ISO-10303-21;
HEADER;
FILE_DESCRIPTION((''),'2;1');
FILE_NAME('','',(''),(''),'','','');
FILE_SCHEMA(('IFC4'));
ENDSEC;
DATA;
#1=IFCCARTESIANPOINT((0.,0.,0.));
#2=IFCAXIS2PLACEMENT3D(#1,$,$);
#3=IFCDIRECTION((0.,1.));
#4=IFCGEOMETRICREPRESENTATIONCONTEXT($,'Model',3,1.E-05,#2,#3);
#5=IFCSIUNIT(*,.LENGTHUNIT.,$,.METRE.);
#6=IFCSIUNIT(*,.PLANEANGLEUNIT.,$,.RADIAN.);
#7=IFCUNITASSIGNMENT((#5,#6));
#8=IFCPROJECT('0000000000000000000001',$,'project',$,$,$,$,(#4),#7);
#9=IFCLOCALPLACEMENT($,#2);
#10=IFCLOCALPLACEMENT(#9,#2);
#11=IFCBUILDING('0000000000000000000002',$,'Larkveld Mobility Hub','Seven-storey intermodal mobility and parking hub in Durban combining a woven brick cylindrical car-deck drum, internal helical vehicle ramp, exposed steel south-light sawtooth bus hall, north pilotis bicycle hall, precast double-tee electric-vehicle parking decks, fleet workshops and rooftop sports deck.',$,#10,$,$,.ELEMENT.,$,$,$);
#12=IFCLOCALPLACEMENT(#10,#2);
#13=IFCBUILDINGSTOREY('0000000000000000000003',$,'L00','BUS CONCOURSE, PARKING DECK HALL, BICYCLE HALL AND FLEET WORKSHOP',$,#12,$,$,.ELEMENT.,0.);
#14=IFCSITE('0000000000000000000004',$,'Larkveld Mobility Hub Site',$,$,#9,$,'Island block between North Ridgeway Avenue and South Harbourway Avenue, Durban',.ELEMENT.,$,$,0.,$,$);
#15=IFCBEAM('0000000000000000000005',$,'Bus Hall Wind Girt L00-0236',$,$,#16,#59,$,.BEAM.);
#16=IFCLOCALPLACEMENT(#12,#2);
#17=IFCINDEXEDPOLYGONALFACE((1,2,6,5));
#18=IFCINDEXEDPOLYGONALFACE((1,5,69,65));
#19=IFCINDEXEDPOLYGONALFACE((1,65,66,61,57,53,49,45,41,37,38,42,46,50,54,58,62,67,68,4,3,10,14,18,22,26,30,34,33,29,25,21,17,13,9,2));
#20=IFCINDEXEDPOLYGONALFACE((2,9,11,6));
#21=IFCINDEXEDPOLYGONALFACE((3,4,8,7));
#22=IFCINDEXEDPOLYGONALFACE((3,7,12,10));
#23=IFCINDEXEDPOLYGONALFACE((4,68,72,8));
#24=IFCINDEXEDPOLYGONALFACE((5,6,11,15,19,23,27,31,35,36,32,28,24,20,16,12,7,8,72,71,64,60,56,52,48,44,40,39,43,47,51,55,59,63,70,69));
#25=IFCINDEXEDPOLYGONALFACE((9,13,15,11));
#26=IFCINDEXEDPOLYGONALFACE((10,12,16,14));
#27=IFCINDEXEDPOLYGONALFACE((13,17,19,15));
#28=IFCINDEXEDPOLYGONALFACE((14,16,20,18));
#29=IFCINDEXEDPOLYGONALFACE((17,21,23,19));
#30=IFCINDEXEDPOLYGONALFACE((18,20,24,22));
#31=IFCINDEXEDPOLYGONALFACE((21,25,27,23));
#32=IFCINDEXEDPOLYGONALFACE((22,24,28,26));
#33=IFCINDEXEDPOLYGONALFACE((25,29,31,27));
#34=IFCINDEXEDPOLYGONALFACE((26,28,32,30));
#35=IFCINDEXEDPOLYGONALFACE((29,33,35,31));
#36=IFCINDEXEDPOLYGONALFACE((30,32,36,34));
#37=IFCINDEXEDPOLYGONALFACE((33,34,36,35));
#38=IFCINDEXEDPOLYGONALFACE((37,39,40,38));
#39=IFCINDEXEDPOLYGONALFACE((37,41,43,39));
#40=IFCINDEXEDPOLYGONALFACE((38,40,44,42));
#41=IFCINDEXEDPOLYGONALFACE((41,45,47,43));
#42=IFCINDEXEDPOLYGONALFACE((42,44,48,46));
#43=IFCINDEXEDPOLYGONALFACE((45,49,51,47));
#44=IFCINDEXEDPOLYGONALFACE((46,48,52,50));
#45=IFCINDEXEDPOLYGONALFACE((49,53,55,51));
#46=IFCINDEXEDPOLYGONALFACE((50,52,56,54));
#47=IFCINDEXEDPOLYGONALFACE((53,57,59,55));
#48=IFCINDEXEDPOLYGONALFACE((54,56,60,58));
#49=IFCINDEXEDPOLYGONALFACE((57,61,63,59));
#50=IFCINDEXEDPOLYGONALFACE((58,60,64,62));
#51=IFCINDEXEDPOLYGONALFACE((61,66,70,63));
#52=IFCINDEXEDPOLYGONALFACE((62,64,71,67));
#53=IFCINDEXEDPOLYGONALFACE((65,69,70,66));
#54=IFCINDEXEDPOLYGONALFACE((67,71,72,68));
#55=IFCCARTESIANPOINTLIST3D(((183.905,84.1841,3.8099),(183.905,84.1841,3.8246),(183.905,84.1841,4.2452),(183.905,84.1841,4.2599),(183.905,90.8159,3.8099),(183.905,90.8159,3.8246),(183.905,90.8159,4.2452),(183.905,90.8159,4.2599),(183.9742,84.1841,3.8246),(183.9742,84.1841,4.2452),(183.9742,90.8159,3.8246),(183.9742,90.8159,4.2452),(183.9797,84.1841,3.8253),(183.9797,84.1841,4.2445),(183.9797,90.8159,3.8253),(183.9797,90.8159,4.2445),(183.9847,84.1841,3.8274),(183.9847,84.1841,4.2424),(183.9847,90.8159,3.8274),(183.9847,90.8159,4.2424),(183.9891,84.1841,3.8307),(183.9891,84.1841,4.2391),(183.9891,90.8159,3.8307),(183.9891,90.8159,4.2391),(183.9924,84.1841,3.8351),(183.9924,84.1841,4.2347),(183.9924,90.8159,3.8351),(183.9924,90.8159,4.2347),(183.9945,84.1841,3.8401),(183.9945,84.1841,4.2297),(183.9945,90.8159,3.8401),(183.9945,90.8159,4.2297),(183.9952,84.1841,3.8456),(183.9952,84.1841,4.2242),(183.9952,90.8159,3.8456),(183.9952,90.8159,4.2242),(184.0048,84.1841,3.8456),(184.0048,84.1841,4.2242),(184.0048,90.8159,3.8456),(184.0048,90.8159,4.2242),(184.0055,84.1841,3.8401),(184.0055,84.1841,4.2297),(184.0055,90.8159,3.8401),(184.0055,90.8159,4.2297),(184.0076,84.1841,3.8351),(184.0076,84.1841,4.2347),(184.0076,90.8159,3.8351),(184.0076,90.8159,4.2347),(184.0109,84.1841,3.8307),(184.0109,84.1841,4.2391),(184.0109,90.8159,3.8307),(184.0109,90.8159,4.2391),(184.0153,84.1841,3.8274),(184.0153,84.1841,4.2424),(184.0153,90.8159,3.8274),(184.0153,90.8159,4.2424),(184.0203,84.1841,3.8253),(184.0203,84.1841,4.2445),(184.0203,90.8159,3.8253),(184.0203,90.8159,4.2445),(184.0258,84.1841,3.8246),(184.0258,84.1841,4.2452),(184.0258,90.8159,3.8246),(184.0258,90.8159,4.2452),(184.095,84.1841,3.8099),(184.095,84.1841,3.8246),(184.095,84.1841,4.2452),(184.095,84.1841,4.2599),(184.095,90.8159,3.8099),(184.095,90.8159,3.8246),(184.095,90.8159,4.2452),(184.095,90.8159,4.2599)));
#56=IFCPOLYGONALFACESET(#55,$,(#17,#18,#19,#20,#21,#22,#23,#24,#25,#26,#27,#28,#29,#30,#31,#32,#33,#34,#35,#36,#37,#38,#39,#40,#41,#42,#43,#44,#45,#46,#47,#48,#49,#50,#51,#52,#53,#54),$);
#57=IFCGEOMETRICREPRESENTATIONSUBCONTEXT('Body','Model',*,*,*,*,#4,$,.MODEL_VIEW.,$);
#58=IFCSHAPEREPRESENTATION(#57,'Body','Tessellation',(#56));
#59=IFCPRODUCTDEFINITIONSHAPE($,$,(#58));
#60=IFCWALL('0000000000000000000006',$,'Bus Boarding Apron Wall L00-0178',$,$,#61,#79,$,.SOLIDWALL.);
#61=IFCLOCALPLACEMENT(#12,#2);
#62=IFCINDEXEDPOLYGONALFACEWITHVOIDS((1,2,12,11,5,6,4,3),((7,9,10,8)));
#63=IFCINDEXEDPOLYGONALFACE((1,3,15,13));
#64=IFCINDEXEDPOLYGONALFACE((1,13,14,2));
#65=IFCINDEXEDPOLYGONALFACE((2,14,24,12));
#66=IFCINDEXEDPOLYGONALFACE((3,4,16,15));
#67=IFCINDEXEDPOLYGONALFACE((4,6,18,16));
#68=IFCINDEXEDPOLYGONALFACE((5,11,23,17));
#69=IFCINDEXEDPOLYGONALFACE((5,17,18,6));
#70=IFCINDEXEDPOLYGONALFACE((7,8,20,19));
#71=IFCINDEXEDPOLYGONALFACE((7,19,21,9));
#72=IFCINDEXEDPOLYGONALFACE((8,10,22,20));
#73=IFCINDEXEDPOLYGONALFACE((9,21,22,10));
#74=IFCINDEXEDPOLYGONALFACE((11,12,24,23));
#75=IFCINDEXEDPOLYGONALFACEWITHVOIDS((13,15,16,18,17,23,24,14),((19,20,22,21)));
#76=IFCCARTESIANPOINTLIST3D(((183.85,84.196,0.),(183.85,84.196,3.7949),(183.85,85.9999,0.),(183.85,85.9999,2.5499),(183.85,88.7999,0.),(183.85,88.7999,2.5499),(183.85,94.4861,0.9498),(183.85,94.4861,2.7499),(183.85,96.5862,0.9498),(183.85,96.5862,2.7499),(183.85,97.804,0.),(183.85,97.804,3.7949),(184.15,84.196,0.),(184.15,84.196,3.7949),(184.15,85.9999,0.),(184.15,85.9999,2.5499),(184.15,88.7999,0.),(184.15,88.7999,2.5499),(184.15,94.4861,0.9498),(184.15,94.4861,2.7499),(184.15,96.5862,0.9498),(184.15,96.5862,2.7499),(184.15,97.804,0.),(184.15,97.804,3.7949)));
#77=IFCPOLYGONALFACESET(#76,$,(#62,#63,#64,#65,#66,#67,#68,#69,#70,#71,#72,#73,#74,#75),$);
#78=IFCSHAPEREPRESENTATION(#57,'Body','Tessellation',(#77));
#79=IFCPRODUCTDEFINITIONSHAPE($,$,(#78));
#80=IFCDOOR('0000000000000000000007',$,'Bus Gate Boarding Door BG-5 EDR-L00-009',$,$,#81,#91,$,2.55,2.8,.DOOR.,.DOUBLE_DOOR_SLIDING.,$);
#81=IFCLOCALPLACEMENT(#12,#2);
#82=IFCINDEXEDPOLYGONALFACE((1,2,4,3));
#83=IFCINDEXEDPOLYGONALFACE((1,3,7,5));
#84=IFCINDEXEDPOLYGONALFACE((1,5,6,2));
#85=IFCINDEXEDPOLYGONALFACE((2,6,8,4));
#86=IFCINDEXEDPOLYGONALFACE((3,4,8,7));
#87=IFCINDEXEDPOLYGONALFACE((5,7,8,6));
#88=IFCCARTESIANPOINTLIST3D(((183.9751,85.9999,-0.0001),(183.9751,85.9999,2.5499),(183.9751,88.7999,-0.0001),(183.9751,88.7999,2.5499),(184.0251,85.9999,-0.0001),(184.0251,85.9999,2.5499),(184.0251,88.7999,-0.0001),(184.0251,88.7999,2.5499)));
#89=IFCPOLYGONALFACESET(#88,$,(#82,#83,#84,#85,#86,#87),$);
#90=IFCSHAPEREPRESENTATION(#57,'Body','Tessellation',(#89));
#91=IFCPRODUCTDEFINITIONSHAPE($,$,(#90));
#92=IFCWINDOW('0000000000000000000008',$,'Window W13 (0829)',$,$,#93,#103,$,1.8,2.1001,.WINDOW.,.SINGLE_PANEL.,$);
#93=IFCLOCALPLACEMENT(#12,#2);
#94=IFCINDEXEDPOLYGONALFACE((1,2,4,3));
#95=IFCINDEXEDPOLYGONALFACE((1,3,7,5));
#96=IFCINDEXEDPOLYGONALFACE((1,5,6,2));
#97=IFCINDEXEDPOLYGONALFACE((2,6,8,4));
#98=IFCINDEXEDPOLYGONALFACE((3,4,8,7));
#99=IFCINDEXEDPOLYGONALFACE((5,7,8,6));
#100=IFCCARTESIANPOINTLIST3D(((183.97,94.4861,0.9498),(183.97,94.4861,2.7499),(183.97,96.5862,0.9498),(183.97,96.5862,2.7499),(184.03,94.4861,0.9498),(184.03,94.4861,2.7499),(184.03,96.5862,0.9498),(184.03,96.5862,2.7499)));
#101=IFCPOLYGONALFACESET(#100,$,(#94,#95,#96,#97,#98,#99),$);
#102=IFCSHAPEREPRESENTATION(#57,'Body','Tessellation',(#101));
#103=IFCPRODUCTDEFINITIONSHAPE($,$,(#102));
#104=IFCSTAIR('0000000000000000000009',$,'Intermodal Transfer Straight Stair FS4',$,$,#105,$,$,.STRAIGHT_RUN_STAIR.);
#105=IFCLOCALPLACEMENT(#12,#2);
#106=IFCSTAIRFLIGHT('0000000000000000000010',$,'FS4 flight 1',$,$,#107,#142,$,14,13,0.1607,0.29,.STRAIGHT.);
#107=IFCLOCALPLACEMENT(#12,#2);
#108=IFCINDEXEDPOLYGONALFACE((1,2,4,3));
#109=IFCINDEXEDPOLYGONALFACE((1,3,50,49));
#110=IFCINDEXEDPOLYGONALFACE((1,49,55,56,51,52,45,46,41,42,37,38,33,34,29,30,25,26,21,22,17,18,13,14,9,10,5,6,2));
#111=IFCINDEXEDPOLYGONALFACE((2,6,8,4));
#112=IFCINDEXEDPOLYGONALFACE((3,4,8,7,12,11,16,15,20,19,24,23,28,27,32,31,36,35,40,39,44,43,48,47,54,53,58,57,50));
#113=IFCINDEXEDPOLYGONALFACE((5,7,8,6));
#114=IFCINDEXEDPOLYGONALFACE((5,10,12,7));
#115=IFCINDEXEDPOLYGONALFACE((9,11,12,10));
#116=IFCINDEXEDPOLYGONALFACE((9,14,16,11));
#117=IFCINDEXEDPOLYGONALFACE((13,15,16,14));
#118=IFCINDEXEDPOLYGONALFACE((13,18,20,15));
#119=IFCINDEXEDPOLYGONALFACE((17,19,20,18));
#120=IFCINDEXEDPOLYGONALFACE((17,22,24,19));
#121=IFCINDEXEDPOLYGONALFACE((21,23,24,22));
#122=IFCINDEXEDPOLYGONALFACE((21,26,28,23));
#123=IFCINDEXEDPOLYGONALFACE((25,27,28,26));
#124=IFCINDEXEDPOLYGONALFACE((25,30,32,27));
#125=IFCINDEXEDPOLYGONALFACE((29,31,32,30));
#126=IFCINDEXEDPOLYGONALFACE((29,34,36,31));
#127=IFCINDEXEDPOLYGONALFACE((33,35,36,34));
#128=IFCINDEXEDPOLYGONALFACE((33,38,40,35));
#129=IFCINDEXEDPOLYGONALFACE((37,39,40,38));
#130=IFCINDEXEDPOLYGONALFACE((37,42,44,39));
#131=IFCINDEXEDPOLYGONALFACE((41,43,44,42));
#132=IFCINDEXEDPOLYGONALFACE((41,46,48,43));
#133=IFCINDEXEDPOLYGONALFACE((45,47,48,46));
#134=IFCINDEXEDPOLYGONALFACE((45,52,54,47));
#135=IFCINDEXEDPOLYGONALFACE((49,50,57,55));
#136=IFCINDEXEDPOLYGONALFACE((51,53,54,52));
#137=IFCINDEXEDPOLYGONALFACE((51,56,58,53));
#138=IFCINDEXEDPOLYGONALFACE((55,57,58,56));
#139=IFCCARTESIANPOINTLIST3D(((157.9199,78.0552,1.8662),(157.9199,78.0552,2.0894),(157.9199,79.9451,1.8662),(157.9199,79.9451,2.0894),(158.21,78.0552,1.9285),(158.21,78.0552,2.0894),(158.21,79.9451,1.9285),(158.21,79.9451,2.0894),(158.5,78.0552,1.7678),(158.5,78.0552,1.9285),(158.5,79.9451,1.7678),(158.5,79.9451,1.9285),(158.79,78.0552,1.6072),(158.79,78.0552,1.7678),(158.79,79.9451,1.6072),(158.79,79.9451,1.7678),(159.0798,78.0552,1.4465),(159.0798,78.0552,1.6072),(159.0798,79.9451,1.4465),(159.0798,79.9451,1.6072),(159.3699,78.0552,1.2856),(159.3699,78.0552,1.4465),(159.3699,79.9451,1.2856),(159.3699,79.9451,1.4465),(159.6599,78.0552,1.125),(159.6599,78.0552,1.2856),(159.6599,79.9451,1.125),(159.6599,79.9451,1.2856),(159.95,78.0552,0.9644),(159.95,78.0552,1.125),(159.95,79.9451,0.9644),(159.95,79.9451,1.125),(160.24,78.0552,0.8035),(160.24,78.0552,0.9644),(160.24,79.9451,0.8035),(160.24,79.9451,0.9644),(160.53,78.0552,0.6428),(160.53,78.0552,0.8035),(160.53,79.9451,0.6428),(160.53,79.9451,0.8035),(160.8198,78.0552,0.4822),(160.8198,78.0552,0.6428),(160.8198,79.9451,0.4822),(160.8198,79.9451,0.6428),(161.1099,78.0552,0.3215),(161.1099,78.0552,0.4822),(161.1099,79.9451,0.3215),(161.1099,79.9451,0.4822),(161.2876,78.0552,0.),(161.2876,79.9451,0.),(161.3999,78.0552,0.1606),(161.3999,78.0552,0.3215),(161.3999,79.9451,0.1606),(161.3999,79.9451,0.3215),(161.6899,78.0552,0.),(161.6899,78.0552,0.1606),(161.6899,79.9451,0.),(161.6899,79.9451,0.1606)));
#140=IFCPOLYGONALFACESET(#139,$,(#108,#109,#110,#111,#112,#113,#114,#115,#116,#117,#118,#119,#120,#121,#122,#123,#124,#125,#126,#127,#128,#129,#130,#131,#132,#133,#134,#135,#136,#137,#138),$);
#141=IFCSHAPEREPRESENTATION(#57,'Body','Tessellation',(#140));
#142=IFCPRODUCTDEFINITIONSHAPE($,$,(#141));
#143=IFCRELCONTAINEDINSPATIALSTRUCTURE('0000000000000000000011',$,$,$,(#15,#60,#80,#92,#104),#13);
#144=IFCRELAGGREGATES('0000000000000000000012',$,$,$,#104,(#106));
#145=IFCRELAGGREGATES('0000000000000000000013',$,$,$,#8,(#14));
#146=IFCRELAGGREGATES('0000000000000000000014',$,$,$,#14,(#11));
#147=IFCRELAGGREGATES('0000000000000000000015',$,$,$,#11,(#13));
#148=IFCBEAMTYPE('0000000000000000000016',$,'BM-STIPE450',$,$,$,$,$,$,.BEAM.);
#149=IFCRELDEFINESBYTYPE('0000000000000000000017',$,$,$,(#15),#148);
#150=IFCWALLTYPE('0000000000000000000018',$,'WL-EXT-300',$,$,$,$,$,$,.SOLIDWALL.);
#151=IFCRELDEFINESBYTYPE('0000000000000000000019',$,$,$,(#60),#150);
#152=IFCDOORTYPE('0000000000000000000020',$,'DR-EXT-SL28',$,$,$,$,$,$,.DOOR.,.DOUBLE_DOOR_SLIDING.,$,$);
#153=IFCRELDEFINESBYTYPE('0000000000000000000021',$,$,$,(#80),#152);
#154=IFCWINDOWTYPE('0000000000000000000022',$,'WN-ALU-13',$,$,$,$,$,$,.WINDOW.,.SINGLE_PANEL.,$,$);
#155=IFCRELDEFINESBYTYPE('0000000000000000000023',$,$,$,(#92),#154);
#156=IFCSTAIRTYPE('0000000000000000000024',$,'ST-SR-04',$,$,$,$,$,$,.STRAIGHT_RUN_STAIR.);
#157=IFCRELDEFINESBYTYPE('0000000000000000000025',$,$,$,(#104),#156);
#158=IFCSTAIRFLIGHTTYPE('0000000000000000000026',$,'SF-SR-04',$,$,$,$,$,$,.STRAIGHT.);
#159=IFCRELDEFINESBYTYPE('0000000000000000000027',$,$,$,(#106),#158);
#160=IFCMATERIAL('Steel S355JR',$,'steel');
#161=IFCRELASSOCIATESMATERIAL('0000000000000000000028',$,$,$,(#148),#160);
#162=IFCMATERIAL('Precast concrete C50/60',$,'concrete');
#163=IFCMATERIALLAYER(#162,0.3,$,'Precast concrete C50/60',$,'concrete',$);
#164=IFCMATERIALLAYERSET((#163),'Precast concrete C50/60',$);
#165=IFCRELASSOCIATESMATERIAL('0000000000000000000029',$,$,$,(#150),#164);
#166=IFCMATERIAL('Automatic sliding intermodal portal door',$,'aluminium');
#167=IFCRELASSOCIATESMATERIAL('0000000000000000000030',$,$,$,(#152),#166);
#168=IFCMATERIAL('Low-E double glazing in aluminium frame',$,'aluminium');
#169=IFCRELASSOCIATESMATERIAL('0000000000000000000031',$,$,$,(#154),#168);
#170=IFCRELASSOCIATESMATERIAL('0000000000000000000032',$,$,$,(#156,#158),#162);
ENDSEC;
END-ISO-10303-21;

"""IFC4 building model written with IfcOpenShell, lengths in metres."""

from ifc_helpers import new_model, si_unit, direction, frame, frame_2d, origin, origin_2d, place, context, subcontext, project, spatial, polyline, rectangle, i_section, outline, extrude, material, layer, layer_set, material_profile, profile_set, type_object, element, fill, aggregate, save


model = new_model("IFC4")

# Units and contexts
model_context = context("Model", 3, precision=1e-05, world=origin(), true_north=direction((0.0, 1.0)))
body_context = subcontext(model_context, "Body", "Model", "MODEL_VIEW")
ifc_project = project(units=[si_unit("LENGTHUNIT", "METRE"), si_unit("PLANEANGLEUNIT", "RADIAN")], contexts=[model_context])

# Site, building, storey
site_placement = place(None, origin())
site = spatial("IfcSite", under=ifc_project, at=site_placement, Name="Larkveld Mobility Hub Site", LongName="Island block between North Ridgeway Avenue and South Harbourway Avenue, Durban", CompositionType="ELEMENT", RefElevation=0.0)
building_placement = place(site_placement, origin())
building = spatial("IfcBuilding", under=site, at=building_placement, Name="Larkveld Mobility Hub", Description="Seven-storey intermodal mobility and parking hub in Durban combining a woven brick cylindrical car-deck drum, internal helical vehicle ramp, exposed steel south-light sawtooth bus hall, north pilotis bicycle hall, precast double-tee electric-vehicle parking decks, fleet workshops and rooftop sports deck.", CompositionType="ELEMENT")
storey_placement = place(building_placement, origin())
storey = spatial("IfcBuildingStorey", under=building, at=storey_placement, Name="L00", Description="BUS CONCOURSE, PARKING DECK HALL, BICYCLE HALL AND FLEET WORKSHOP", CompositionType="ELEMENT", Elevation=0.0)

# Shared definitions
ifc_material_1 = material(Name="Steel S355JR", Category="steel")

# Beam
ifc_material_profile_1 = material_profile(ifc_material_1, i_section(OverallWidth=0.1899, OverallDepth=0.45, WebThickness=0.0095, FlangeThickness=0.0146, FilletRadius=0.021, at=origin_2d()), Name="IPE 450")
ifc_profile_set_1 = profile_set([ifc_material_profile_1], Name="Steel S355JR")
beam_type = type_object("IfcBeamType", Name="BM-STIPE450", PredefinedType="BEAM", material=ifc_profile_set_1)
for number, where, z_axis, x_axis, name in (
    (1, (184.0, 84.1841, 4.0349), (0.0, 1.0, 0.0), (-1.0, 0.0, 0.0), "Bus Hall Wind Girt L00-0236"),
):
    element("IfcBeam", number, at=place(storey_placement, frame(where, z_axis=z_axis, x_axis=x_axis)), inside=storey, type_object=beam_type, Name=name, PredefinedType="BEAM", context=body_context, shape_type="SweptSolid", body=[
        extrude(i_section(OverallWidth=0.1899, OverallDepth=0.45, WebThickness=0.0095, FlangeThickness=0.0146, FilletRadius=0.021, at=origin_2d()), origin(), (0.0, 0.0, 1.0), 6.6318),
    ])

# Wall, openings, door, window
ifc_material_2 = material(Name="Precast concrete C50/60", Category="concrete")
ifc_layer = layer(ifc_material_2, 0.3, Name="Precast concrete C50/60", Category="concrete")
ifc_layer_set = layer_set([ifc_layer], Name="Precast concrete C50/60")
wall_type = type_object("IfcWallType", Name="WL-EXT-300", PredefinedType="SOLIDWALL", material=ifc_layer_set)
wall_placement = place(storey_placement, frame((184.0, 84.196, 0.0), z_axis=(0.0, 0.0, 1.0), x_axis=(0.0, 1.0, 0.0)))
wall = element("IfcWall", 2, at=wall_placement, inside=storey, type_object=wall_type, Name="Bus Boarding Apron Wall L00-0178", PredefinedType="SOLIDWALL", context=body_context, shape_type="SweptSolid", body=[
    extrude(rectangle(XDim=13.6079, YDim=0.3, at=frame_2d((6.804, 0.0))), origin(), (0.0, 0.0, 1.0), 3.7949),
])
opening_1_placement = place(wall_placement, frame((1.804, 0.0, 0.0)))
opening_1 = element("IfcOpeningElement", 3, at=opening_1_placement, cuts=wall, PredefinedType="OPENING", context=body_context, shape_type="SweptSolid", body=[
    extrude(rectangle(XDim=2.8, YDim=2.55, at=frame_2d((1.3999, 1.2749))), frame((0.0, 0.1602, 0.0), z_axis=(0.0, -1.0, 0.0), x_axis=(1.0, 0.0, 0.0)), (0.0, 0.0, 1.0), 0.3201),
])
opening_2_placement = place(wall_placement, frame((10.29, 0.0, 0.95)))
opening_2 = element("IfcOpeningElement", 4, at=opening_2_placement, cuts=wall, PredefinedType="OPENING", context=body_context, shape_type="SweptSolid", body=[
    extrude(rectangle(XDim=2.1001, YDim=1.8, at=frame_2d((1.05, 0.8999))), frame((0.0, 0.1602, 0.0), z_axis=(0.0, -1.0, 0.0), x_axis=(1.0, 0.0, 0.0)), (0.0, 0.0, 1.0), 0.3201),
])
ifc_material_3 = material(Name="Automatic sliding intermodal portal door", Category="aluminium")
door_type = type_object("IfcDoorType", Name="DR-EXT-SL28", OperationType="DOUBLE_DOOR_SLIDING", PredefinedType="DOOR", material=ifc_material_3)
door_placement = place(opening_1_placement, origin())
door = element("IfcDoor", 5, at=door_placement, inside=storey, type_object=door_type, Name="Bus Gate Boarding Door BG-5 EDR-L00-009", OperationType="DOUBLE_DOOR_SLIDING", OverallHeight=2.55, OverallWidth=2.8, PredefinedType="DOOR", context=body_context, shape_type="SweptSolid", body=[
    extrude(rectangle(XDim=2.8, YDim=2.55, at=frame_2d((1.3999, 1.2749))), frame((0.0, 0.0249, 0.0), z_axis=(0.0, -1.0, 0.0), x_axis=(1.0, 0.0, 0.0)), (0.0, 0.0, 1.0), 0.05),
])
fill(opening_1, door)
ifc_material_4 = material(Name="Low-E double glazing in aluminium frame", Category="aluminium")
window_type = type_object("IfcWindowType", Name="WN-ALU-13", PartitioningType="SINGLE_PANEL", PredefinedType="WINDOW", material=ifc_material_4)
window_placement = place(opening_2_placement, origin())
window = element("IfcWindow", 6, at=window_placement, inside=storey, type_object=window_type, Name="Window W13 (0829)", OverallHeight=1.8, OverallWidth=2.1001, PartitioningType="SINGLE_PANEL", PredefinedType="WINDOW", context=body_context, shape_type="SweptSolid", body=[
    extrude(rectangle(XDim=2.1001, YDim=1.8, at=frame_2d((1.05, 0.8999))), frame((0.0, 0.03, 0.0), z_axis=(0.0, -1.0, 0.0), x_axis=(1.0, 0.0, 0.0)), (0.0, 0.0, 1.0), 0.0601),
])
fill(opening_2, window)

# Stair, stair flight
stair_type_1 = type_object("IfcStairType", Name="ST-SR-04", PredefinedType="STRAIGHT_RUN_STAIR", material=ifc_material_2)
stair_1_placement = place(storey_placement, origin())
stair_1 = element("IfcStair", 7, at=stair_1_placement, inside=storey, type_object=stair_type_1, Name="Intermodal Transfer Straight Stair FS4", PredefinedType="STRAIGHT_RUN_STAIR")
stair_flight_type_1 = type_object("IfcStairFlightType", Name="SF-SR-04", PredefinedType="STRAIGHT", material=ifc_material_2)
stair_flight_1_placement = place(storey_placement, frame((161.6899, 79.0, 0.0), z_axis=(0.0, 0.0, 1.0), x_axis=(-1.0, 0.0, 0.0)))
stair_flight_1 = element("IfcStairFlight", 8, at=stair_flight_1_placement, type_object=stair_flight_type_1, Name="FS4 flight 1", NumberOfRisers=14, NumberOfTreads=13, PredefinedType="STRAIGHT", RiserHeight=0.1607, TreadLength=0.29, context=body_context, shape_type="SweptSolid", body=[
    extrude(outline(polyline([(0.0, 0.0), (0.0, 0.1606), (0.29, 0.1606), (0.29, 0.3215), (0.5801, 0.3215), (0.5801, 0.4822), (0.8701, 0.4822), (0.8701, 0.6428), (1.1599, 0.6428), (1.1599, 0.8035), (1.45, 0.8035), (1.45, 0.9644), (1.74, 0.9644), (1.74, 1.125), (2.03, 1.125), (2.03, 1.2856), (2.3201, 1.2856), (2.3201, 1.4465), (2.6101, 1.4465), (2.6101, 1.6072), (2.8999, 1.6072), (2.8999, 1.7678), (3.1899, 1.7678), (3.1899, 1.9285), (3.48, 1.9285), (3.48, 2.0894), (3.77, 2.0894), (3.77, 2.25), (3.77, 1.8662), (0.4023, 0.0), (0.0, 0.0)])), frame((0.0, 0.9448, 0.0), z_axis=(0.0, -1.0, 0.0), x_axis=(1.0, 0.0, 0.0)), (0.0, 0.0, 1.0), 1.8899),
])
aggregate(stair_1, [stair_flight_1])

save(model, "model.ifc")
